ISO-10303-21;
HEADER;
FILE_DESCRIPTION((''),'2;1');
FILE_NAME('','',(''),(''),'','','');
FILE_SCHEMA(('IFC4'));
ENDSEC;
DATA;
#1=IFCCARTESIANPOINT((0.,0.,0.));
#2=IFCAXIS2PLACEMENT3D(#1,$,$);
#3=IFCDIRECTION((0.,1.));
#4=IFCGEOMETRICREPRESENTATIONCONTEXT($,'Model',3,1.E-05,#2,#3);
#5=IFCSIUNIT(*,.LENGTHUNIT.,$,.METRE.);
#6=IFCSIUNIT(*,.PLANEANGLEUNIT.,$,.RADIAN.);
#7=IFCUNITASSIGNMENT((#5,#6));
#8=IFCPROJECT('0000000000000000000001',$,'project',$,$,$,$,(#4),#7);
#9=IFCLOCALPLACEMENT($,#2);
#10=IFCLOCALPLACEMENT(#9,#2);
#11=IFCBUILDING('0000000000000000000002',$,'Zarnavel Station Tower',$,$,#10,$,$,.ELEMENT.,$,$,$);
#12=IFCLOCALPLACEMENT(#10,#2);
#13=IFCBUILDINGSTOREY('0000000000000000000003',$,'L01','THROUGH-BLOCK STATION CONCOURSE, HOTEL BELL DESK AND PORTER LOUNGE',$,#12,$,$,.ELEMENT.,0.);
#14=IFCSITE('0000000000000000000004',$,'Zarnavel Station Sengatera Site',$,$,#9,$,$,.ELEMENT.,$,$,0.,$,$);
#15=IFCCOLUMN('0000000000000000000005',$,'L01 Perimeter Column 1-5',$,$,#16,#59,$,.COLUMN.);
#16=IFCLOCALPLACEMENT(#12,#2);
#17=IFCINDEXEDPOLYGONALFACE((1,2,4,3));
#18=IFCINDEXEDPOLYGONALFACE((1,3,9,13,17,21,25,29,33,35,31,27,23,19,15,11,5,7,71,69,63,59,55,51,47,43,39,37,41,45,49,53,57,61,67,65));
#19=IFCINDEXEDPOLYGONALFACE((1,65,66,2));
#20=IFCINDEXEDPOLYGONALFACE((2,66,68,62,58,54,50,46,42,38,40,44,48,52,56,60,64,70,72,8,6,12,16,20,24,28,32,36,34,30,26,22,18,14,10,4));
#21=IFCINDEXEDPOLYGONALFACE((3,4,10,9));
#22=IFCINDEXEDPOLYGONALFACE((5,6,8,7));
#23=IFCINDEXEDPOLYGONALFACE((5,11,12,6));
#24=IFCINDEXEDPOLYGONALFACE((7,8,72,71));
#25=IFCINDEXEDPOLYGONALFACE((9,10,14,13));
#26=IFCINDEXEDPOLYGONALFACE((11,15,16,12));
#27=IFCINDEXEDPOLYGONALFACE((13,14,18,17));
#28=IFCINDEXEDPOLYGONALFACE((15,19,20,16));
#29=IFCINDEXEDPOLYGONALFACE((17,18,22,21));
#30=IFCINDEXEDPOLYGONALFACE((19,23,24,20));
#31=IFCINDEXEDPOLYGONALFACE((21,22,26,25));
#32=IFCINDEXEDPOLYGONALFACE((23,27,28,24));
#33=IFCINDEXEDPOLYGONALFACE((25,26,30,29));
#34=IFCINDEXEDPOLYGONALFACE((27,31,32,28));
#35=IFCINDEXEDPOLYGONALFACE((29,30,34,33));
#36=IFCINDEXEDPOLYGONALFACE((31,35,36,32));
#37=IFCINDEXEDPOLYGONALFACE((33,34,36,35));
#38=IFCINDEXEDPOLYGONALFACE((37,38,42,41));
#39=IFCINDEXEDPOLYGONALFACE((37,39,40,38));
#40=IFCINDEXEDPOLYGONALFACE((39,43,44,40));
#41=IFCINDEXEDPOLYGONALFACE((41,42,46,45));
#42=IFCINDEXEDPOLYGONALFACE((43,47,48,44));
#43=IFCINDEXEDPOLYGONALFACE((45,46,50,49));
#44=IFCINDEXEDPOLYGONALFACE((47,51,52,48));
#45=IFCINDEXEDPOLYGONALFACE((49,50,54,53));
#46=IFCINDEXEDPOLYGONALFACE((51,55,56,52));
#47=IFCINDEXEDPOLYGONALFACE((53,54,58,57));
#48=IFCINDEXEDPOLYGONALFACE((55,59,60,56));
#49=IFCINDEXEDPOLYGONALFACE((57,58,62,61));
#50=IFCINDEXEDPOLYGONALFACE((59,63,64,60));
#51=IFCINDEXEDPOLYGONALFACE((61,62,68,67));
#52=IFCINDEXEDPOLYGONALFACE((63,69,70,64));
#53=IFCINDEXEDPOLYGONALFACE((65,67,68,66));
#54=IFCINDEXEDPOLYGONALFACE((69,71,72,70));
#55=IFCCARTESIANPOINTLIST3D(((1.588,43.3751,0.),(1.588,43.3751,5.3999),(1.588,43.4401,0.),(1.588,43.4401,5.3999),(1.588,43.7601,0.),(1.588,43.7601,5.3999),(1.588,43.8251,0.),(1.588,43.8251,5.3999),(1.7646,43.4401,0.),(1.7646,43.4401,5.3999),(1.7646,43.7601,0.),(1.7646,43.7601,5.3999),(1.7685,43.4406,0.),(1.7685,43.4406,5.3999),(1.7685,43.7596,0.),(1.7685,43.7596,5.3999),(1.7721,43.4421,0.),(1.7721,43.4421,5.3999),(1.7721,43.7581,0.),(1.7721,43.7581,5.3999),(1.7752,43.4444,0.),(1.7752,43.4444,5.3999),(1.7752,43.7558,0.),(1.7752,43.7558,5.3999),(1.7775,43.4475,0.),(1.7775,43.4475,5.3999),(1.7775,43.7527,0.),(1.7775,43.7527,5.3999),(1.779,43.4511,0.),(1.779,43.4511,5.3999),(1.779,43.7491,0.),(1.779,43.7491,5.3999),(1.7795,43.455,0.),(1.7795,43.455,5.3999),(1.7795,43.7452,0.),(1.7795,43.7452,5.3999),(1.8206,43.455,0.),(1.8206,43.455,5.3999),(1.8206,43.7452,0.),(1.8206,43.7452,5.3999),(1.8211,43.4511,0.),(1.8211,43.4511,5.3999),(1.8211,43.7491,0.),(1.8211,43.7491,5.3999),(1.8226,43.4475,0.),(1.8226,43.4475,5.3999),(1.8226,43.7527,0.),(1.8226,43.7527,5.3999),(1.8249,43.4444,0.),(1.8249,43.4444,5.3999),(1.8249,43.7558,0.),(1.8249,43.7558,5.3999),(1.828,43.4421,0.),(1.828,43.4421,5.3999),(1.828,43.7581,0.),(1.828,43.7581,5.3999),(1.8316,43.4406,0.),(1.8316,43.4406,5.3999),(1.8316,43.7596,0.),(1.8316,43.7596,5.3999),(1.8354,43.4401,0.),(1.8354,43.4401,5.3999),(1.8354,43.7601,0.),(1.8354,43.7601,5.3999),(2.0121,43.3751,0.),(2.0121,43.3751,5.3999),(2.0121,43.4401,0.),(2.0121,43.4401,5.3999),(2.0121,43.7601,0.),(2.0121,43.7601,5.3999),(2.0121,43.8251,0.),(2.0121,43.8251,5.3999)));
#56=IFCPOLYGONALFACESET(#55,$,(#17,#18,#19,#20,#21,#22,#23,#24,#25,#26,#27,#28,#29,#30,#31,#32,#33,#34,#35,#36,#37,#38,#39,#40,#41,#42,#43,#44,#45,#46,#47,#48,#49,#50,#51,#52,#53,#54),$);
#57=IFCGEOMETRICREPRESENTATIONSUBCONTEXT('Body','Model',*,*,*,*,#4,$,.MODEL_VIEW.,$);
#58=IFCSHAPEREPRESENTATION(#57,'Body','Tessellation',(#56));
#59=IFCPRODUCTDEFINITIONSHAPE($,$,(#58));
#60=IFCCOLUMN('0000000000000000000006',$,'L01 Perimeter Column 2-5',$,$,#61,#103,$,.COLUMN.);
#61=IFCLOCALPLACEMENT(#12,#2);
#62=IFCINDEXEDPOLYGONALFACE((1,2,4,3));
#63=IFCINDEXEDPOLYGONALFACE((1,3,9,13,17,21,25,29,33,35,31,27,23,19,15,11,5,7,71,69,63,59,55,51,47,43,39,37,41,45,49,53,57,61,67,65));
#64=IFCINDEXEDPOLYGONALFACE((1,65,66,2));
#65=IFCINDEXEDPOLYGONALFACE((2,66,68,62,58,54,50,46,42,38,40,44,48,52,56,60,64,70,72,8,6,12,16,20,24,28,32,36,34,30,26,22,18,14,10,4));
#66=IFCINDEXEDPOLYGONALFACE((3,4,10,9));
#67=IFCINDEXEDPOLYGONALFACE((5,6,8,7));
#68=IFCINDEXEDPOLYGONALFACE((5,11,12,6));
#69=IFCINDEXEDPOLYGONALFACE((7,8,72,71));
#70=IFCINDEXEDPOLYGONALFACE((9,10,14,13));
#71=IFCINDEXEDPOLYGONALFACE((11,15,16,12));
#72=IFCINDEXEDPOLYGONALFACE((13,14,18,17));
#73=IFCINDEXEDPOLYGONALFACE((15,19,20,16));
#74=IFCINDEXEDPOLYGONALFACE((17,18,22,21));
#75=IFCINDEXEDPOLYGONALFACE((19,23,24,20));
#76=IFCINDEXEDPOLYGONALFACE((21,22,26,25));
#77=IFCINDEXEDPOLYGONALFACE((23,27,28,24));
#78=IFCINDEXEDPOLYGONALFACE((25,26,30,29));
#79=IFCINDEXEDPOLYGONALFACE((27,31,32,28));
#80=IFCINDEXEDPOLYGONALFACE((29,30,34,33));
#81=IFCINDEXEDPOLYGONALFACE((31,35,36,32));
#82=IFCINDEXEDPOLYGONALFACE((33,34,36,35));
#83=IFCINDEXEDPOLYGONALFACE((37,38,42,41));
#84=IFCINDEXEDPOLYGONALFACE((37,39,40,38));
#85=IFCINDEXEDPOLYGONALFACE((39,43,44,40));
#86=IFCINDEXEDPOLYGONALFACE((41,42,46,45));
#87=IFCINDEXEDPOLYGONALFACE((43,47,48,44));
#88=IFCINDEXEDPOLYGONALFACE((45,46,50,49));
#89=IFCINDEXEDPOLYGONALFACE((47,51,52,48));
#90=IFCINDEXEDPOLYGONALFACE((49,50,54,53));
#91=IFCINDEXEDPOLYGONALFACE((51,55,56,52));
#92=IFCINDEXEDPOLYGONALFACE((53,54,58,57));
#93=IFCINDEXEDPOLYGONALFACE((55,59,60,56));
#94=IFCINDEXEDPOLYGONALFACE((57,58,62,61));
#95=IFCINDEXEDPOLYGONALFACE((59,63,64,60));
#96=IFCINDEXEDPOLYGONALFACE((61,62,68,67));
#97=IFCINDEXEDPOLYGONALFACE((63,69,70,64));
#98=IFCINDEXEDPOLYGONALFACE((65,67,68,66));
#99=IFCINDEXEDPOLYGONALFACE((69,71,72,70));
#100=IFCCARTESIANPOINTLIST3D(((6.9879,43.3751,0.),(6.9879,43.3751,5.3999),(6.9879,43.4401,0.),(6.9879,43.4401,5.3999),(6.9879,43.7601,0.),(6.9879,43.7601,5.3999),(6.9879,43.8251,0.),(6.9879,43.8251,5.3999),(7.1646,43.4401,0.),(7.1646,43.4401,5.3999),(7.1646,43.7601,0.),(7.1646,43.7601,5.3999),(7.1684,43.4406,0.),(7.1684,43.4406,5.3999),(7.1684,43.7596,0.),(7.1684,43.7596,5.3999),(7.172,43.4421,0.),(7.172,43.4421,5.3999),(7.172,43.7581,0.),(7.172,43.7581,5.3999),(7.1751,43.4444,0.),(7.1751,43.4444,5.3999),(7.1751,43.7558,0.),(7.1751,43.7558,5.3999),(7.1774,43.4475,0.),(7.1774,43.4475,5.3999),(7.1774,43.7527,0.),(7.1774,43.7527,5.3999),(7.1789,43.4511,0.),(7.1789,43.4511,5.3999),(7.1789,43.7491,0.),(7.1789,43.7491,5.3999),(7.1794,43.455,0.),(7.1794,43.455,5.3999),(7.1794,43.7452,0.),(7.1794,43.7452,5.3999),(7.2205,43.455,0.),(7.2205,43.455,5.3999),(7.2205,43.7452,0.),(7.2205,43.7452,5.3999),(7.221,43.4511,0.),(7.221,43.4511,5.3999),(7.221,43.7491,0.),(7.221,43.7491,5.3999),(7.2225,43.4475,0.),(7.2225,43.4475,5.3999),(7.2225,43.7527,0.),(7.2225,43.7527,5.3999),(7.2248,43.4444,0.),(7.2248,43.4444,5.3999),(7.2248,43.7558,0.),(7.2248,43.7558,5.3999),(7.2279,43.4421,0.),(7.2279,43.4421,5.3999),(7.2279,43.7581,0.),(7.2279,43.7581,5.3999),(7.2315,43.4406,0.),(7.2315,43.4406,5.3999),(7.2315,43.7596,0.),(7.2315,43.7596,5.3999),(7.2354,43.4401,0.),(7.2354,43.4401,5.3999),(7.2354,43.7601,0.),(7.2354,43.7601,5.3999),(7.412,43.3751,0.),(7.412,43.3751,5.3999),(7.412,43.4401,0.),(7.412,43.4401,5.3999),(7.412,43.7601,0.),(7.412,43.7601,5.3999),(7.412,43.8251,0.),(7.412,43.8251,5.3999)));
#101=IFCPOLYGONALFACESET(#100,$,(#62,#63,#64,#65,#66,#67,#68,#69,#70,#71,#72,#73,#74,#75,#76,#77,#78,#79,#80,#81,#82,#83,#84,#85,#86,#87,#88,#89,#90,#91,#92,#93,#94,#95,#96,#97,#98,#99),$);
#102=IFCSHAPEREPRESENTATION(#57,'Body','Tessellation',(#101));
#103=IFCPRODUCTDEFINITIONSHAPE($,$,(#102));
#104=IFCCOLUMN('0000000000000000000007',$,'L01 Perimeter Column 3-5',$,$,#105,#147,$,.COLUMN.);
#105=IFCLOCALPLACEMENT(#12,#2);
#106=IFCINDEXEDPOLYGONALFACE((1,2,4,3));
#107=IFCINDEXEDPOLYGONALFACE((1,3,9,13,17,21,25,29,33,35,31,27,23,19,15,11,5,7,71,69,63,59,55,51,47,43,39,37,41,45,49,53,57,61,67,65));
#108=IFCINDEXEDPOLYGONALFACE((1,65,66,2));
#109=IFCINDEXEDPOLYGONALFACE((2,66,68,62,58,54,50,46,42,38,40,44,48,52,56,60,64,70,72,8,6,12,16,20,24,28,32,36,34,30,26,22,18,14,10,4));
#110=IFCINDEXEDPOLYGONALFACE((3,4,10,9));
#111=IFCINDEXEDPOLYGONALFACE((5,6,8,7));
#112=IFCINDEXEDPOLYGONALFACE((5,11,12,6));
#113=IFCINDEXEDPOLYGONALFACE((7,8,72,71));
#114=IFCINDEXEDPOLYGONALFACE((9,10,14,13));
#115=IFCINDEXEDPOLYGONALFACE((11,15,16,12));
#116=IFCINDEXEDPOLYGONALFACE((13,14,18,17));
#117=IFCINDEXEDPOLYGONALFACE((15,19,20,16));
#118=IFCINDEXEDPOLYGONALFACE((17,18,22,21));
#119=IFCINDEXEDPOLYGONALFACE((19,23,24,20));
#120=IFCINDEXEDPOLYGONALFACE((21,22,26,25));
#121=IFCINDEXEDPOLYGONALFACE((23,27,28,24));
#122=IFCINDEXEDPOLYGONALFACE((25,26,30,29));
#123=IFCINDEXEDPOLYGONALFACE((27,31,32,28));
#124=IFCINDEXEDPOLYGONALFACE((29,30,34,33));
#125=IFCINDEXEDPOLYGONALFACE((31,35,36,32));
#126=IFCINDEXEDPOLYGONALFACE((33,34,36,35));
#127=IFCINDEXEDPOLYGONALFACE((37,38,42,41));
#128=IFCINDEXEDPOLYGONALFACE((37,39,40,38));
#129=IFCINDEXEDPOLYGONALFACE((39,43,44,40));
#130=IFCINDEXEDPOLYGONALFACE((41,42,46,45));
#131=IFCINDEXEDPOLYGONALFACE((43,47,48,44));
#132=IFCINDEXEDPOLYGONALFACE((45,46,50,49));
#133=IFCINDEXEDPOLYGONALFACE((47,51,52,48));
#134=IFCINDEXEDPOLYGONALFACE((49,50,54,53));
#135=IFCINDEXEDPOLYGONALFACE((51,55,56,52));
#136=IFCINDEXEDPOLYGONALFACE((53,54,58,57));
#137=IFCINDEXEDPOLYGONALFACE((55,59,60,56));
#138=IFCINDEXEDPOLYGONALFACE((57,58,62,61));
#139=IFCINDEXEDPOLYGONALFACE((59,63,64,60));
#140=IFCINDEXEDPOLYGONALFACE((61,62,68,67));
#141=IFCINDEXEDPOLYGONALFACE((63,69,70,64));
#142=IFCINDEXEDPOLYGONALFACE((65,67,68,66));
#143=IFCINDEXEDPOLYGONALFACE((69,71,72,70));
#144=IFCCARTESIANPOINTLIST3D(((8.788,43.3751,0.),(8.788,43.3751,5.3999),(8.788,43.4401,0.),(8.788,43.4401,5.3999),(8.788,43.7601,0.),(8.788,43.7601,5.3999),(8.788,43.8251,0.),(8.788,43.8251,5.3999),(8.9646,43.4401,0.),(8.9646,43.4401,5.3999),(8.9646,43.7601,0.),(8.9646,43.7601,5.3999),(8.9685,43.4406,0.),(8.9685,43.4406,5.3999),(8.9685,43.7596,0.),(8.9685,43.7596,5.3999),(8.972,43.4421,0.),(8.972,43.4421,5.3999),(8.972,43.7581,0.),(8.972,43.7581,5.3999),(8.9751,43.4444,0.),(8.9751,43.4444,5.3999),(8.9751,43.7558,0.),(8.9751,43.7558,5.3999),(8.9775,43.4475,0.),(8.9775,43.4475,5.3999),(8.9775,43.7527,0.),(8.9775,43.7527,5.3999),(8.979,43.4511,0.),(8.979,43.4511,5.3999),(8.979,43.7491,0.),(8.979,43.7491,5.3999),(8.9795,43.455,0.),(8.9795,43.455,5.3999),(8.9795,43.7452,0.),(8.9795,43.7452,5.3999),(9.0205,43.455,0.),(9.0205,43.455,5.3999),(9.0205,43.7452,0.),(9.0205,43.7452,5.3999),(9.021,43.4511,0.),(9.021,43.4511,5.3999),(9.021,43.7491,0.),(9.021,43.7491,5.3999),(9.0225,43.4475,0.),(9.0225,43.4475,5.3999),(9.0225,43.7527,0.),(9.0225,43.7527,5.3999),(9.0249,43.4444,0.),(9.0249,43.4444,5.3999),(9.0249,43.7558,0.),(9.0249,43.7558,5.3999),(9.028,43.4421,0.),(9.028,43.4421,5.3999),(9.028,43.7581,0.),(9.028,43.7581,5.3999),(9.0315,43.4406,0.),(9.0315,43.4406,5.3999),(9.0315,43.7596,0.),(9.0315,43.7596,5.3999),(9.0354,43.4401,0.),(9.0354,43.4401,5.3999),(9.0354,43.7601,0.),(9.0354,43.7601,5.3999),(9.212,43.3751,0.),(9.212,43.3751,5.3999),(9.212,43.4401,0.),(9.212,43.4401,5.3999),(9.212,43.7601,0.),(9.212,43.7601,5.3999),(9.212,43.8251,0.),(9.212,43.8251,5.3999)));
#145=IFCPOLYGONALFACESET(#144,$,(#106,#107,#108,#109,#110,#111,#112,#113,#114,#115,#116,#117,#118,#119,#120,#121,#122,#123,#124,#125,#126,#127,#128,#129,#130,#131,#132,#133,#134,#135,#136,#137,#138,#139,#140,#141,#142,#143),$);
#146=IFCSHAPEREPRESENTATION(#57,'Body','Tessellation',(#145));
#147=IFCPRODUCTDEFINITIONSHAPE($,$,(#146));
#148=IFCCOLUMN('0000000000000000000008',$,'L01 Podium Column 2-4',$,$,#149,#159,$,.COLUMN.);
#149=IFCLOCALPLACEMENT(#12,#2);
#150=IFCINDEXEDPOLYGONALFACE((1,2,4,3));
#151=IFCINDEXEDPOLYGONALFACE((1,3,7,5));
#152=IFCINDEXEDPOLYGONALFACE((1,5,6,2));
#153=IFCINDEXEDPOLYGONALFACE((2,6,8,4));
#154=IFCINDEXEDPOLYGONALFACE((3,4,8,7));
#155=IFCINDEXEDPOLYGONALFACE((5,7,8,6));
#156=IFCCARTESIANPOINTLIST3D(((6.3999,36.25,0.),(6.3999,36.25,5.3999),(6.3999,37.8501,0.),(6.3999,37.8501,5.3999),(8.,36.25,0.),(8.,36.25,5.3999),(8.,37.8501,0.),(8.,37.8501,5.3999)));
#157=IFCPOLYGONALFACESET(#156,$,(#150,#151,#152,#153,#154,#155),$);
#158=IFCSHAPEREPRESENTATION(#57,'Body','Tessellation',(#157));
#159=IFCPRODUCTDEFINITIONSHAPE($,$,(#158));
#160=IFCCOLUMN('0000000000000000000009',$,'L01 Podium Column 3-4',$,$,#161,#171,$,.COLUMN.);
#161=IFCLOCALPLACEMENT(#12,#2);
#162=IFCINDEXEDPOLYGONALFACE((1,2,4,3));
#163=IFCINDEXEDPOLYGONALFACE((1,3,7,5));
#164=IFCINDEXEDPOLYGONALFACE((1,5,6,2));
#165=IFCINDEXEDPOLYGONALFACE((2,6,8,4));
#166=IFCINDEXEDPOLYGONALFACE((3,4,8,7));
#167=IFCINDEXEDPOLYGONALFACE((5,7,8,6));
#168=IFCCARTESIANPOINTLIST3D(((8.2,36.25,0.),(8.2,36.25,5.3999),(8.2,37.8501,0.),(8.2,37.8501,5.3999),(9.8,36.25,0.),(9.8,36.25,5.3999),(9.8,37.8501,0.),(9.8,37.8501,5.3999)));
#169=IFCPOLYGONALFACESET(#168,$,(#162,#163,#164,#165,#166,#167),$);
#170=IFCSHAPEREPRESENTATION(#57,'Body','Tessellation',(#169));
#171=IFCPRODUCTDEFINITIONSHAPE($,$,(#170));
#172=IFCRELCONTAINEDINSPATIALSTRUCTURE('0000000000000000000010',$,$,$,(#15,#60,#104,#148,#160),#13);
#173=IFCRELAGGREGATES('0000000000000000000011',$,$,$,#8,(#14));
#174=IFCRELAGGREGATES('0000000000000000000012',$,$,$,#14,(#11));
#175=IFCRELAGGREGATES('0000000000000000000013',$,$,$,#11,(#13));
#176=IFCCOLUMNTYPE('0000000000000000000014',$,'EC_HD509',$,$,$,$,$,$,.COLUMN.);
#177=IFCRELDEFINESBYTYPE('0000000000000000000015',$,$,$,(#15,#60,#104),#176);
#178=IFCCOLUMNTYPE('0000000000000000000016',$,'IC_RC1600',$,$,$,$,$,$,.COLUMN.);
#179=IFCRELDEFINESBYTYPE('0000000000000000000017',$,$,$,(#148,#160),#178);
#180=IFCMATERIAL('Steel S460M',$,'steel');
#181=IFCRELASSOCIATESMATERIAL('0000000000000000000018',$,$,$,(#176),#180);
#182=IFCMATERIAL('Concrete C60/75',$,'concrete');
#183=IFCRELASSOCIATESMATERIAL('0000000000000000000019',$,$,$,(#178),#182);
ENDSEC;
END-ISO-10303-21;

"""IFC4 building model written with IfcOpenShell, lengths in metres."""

from ifc_helpers import new_model, si_unit, direction, frame, origin, origin_2d, place, context, subcontext, project, spatial, rectangle, i_section, extrude, material, material_profile, profile_set, type_object, element, save


model = new_model("IFC4")

# Units and contexts
model_context = context("Model", 3, precision=1e-05, world=origin(), true_north=direction((0.0, 1.0)))
body_context = subcontext(model_context, "Body", "Model", "MODEL_VIEW")
ifc_project = project(units=[si_unit("LENGTHUNIT", "METRE"), si_unit("PLANEANGLEUNIT", "RADIAN")], contexts=[model_context])

# Site, building, storey
site_placement = place(None, origin())
site = spatial("IfcSite", under=ifc_project, at=site_placement, Name="Zarnavel Station Sengatera Site", CompositionType="ELEMENT", RefElevation=0.0)
building_placement = place(site_placement, origin())
building = spatial("IfcBuilding", under=site, at=building_placement, Name="Zarnavel Station Tower", CompositionType="ELEMENT")
storey_placement = place(building_placement, origin())
storey = spatial("IfcBuildingStorey", under=building, at=storey_placement, Name="L01", Description="THROUGH-BLOCK STATION CONCOURSE, HOTEL BELL DESK AND PORTER LOUNGE", CompositionType="ELEMENT", Elevation=0.0)

# Columns
ifc_material_1 = material(Name="Steel S460M", Category="steel")
ifc_material_profile_1 = material_profile(ifc_material_1, i_section(OverallWidth=0.4241, OverallDepth=0.45, WebThickness=0.041, FlangeThickness=0.0649, FilletRadius=0.0149, at=origin_2d()), Name="HD400x509")
ifc_profile_set_1 = profile_set([ifc_material_profile_1], Name="Steel S460M")
column_type_1 = type_object("IfcColumnType", Name="EC_HD509", PredefinedType="COLUMN", material=ifc_profile_set_1)
for number, where, z_axis, x_axis, name in (
    (1, (1.8, 43.6001, 0.0), (0.0, 0.0, 1.0), (1.0, 0.0, 0.0), "L01 Perimeter Column 1-5"),
    (2, (7.2, 43.6001, 0.0), (0.0, 0.0, 1.0), (1.0, 0.0, 0.0), "L01 Perimeter Column 2-5"),
    (3, (9.0, 43.6001, 0.0), (0.0, 0.0, 1.0), (1.0, 0.0, 0.0), "L01 Perimeter Column 3-5"),
):
    element("IfcColumn", number, at=place(storey_placement, frame(where, z_axis=z_axis, x_axis=x_axis)), inside=storey, type_object=column_type_1, Name=name, PredefinedType="COLUMN", context=body_context, shape_type="SweptSolid", body=[
        extrude(i_section(OverallWidth=0.4241, OverallDepth=0.45, WebThickness=0.041, FlangeThickness=0.0649, FilletRadius=0.0149, at=origin_2d()), origin(), (0.0, 0.0, 1.0), 5.3999),
    ])
ifc_material_2 = material(Name="Concrete C60/75", Category="concrete")
ifc_material_profile_2 = material_profile(ifc_material_2, rectangle(XDim=1.6001, YDim=1.6001, at=origin_2d()), Name="RC1600x1600")
ifc_profile_set_2 = profile_set([ifc_material_profile_2], Name="Concrete C60/75")
column_type_2 = type_object("IfcColumnType", Name="IC_RC1600", PredefinedType="COLUMN", material=ifc_profile_set_2)
for number, where, z_axis, x_axis, name in (
    (4, (7.2, 37.05, 0.0), (0.0, 0.0, 1.0), (1.0, 0.0, 0.0), "L01 Podium Column 2-4"),
    (5, (9.0, 37.05, 0.0), (0.0, 0.0, 1.0), (1.0, 0.0, 0.0), "L01 Podium Column 3-4"),
):
    element("IfcColumn", number, at=place(storey_placement, frame(where, z_axis=z_axis, x_axis=x_axis)), inside=storey, type_object=column_type_2, Name=name, PredefinedType="COLUMN", context=body_context, shape_type="SweptSolid", body=[
        extrude(rectangle(XDim=1.6001, YDim=1.6001, at=origin_2d()), origin(), (0.0, 0.0, 1.0), 5.3999),
    ])

save(model, "model.ifc")
